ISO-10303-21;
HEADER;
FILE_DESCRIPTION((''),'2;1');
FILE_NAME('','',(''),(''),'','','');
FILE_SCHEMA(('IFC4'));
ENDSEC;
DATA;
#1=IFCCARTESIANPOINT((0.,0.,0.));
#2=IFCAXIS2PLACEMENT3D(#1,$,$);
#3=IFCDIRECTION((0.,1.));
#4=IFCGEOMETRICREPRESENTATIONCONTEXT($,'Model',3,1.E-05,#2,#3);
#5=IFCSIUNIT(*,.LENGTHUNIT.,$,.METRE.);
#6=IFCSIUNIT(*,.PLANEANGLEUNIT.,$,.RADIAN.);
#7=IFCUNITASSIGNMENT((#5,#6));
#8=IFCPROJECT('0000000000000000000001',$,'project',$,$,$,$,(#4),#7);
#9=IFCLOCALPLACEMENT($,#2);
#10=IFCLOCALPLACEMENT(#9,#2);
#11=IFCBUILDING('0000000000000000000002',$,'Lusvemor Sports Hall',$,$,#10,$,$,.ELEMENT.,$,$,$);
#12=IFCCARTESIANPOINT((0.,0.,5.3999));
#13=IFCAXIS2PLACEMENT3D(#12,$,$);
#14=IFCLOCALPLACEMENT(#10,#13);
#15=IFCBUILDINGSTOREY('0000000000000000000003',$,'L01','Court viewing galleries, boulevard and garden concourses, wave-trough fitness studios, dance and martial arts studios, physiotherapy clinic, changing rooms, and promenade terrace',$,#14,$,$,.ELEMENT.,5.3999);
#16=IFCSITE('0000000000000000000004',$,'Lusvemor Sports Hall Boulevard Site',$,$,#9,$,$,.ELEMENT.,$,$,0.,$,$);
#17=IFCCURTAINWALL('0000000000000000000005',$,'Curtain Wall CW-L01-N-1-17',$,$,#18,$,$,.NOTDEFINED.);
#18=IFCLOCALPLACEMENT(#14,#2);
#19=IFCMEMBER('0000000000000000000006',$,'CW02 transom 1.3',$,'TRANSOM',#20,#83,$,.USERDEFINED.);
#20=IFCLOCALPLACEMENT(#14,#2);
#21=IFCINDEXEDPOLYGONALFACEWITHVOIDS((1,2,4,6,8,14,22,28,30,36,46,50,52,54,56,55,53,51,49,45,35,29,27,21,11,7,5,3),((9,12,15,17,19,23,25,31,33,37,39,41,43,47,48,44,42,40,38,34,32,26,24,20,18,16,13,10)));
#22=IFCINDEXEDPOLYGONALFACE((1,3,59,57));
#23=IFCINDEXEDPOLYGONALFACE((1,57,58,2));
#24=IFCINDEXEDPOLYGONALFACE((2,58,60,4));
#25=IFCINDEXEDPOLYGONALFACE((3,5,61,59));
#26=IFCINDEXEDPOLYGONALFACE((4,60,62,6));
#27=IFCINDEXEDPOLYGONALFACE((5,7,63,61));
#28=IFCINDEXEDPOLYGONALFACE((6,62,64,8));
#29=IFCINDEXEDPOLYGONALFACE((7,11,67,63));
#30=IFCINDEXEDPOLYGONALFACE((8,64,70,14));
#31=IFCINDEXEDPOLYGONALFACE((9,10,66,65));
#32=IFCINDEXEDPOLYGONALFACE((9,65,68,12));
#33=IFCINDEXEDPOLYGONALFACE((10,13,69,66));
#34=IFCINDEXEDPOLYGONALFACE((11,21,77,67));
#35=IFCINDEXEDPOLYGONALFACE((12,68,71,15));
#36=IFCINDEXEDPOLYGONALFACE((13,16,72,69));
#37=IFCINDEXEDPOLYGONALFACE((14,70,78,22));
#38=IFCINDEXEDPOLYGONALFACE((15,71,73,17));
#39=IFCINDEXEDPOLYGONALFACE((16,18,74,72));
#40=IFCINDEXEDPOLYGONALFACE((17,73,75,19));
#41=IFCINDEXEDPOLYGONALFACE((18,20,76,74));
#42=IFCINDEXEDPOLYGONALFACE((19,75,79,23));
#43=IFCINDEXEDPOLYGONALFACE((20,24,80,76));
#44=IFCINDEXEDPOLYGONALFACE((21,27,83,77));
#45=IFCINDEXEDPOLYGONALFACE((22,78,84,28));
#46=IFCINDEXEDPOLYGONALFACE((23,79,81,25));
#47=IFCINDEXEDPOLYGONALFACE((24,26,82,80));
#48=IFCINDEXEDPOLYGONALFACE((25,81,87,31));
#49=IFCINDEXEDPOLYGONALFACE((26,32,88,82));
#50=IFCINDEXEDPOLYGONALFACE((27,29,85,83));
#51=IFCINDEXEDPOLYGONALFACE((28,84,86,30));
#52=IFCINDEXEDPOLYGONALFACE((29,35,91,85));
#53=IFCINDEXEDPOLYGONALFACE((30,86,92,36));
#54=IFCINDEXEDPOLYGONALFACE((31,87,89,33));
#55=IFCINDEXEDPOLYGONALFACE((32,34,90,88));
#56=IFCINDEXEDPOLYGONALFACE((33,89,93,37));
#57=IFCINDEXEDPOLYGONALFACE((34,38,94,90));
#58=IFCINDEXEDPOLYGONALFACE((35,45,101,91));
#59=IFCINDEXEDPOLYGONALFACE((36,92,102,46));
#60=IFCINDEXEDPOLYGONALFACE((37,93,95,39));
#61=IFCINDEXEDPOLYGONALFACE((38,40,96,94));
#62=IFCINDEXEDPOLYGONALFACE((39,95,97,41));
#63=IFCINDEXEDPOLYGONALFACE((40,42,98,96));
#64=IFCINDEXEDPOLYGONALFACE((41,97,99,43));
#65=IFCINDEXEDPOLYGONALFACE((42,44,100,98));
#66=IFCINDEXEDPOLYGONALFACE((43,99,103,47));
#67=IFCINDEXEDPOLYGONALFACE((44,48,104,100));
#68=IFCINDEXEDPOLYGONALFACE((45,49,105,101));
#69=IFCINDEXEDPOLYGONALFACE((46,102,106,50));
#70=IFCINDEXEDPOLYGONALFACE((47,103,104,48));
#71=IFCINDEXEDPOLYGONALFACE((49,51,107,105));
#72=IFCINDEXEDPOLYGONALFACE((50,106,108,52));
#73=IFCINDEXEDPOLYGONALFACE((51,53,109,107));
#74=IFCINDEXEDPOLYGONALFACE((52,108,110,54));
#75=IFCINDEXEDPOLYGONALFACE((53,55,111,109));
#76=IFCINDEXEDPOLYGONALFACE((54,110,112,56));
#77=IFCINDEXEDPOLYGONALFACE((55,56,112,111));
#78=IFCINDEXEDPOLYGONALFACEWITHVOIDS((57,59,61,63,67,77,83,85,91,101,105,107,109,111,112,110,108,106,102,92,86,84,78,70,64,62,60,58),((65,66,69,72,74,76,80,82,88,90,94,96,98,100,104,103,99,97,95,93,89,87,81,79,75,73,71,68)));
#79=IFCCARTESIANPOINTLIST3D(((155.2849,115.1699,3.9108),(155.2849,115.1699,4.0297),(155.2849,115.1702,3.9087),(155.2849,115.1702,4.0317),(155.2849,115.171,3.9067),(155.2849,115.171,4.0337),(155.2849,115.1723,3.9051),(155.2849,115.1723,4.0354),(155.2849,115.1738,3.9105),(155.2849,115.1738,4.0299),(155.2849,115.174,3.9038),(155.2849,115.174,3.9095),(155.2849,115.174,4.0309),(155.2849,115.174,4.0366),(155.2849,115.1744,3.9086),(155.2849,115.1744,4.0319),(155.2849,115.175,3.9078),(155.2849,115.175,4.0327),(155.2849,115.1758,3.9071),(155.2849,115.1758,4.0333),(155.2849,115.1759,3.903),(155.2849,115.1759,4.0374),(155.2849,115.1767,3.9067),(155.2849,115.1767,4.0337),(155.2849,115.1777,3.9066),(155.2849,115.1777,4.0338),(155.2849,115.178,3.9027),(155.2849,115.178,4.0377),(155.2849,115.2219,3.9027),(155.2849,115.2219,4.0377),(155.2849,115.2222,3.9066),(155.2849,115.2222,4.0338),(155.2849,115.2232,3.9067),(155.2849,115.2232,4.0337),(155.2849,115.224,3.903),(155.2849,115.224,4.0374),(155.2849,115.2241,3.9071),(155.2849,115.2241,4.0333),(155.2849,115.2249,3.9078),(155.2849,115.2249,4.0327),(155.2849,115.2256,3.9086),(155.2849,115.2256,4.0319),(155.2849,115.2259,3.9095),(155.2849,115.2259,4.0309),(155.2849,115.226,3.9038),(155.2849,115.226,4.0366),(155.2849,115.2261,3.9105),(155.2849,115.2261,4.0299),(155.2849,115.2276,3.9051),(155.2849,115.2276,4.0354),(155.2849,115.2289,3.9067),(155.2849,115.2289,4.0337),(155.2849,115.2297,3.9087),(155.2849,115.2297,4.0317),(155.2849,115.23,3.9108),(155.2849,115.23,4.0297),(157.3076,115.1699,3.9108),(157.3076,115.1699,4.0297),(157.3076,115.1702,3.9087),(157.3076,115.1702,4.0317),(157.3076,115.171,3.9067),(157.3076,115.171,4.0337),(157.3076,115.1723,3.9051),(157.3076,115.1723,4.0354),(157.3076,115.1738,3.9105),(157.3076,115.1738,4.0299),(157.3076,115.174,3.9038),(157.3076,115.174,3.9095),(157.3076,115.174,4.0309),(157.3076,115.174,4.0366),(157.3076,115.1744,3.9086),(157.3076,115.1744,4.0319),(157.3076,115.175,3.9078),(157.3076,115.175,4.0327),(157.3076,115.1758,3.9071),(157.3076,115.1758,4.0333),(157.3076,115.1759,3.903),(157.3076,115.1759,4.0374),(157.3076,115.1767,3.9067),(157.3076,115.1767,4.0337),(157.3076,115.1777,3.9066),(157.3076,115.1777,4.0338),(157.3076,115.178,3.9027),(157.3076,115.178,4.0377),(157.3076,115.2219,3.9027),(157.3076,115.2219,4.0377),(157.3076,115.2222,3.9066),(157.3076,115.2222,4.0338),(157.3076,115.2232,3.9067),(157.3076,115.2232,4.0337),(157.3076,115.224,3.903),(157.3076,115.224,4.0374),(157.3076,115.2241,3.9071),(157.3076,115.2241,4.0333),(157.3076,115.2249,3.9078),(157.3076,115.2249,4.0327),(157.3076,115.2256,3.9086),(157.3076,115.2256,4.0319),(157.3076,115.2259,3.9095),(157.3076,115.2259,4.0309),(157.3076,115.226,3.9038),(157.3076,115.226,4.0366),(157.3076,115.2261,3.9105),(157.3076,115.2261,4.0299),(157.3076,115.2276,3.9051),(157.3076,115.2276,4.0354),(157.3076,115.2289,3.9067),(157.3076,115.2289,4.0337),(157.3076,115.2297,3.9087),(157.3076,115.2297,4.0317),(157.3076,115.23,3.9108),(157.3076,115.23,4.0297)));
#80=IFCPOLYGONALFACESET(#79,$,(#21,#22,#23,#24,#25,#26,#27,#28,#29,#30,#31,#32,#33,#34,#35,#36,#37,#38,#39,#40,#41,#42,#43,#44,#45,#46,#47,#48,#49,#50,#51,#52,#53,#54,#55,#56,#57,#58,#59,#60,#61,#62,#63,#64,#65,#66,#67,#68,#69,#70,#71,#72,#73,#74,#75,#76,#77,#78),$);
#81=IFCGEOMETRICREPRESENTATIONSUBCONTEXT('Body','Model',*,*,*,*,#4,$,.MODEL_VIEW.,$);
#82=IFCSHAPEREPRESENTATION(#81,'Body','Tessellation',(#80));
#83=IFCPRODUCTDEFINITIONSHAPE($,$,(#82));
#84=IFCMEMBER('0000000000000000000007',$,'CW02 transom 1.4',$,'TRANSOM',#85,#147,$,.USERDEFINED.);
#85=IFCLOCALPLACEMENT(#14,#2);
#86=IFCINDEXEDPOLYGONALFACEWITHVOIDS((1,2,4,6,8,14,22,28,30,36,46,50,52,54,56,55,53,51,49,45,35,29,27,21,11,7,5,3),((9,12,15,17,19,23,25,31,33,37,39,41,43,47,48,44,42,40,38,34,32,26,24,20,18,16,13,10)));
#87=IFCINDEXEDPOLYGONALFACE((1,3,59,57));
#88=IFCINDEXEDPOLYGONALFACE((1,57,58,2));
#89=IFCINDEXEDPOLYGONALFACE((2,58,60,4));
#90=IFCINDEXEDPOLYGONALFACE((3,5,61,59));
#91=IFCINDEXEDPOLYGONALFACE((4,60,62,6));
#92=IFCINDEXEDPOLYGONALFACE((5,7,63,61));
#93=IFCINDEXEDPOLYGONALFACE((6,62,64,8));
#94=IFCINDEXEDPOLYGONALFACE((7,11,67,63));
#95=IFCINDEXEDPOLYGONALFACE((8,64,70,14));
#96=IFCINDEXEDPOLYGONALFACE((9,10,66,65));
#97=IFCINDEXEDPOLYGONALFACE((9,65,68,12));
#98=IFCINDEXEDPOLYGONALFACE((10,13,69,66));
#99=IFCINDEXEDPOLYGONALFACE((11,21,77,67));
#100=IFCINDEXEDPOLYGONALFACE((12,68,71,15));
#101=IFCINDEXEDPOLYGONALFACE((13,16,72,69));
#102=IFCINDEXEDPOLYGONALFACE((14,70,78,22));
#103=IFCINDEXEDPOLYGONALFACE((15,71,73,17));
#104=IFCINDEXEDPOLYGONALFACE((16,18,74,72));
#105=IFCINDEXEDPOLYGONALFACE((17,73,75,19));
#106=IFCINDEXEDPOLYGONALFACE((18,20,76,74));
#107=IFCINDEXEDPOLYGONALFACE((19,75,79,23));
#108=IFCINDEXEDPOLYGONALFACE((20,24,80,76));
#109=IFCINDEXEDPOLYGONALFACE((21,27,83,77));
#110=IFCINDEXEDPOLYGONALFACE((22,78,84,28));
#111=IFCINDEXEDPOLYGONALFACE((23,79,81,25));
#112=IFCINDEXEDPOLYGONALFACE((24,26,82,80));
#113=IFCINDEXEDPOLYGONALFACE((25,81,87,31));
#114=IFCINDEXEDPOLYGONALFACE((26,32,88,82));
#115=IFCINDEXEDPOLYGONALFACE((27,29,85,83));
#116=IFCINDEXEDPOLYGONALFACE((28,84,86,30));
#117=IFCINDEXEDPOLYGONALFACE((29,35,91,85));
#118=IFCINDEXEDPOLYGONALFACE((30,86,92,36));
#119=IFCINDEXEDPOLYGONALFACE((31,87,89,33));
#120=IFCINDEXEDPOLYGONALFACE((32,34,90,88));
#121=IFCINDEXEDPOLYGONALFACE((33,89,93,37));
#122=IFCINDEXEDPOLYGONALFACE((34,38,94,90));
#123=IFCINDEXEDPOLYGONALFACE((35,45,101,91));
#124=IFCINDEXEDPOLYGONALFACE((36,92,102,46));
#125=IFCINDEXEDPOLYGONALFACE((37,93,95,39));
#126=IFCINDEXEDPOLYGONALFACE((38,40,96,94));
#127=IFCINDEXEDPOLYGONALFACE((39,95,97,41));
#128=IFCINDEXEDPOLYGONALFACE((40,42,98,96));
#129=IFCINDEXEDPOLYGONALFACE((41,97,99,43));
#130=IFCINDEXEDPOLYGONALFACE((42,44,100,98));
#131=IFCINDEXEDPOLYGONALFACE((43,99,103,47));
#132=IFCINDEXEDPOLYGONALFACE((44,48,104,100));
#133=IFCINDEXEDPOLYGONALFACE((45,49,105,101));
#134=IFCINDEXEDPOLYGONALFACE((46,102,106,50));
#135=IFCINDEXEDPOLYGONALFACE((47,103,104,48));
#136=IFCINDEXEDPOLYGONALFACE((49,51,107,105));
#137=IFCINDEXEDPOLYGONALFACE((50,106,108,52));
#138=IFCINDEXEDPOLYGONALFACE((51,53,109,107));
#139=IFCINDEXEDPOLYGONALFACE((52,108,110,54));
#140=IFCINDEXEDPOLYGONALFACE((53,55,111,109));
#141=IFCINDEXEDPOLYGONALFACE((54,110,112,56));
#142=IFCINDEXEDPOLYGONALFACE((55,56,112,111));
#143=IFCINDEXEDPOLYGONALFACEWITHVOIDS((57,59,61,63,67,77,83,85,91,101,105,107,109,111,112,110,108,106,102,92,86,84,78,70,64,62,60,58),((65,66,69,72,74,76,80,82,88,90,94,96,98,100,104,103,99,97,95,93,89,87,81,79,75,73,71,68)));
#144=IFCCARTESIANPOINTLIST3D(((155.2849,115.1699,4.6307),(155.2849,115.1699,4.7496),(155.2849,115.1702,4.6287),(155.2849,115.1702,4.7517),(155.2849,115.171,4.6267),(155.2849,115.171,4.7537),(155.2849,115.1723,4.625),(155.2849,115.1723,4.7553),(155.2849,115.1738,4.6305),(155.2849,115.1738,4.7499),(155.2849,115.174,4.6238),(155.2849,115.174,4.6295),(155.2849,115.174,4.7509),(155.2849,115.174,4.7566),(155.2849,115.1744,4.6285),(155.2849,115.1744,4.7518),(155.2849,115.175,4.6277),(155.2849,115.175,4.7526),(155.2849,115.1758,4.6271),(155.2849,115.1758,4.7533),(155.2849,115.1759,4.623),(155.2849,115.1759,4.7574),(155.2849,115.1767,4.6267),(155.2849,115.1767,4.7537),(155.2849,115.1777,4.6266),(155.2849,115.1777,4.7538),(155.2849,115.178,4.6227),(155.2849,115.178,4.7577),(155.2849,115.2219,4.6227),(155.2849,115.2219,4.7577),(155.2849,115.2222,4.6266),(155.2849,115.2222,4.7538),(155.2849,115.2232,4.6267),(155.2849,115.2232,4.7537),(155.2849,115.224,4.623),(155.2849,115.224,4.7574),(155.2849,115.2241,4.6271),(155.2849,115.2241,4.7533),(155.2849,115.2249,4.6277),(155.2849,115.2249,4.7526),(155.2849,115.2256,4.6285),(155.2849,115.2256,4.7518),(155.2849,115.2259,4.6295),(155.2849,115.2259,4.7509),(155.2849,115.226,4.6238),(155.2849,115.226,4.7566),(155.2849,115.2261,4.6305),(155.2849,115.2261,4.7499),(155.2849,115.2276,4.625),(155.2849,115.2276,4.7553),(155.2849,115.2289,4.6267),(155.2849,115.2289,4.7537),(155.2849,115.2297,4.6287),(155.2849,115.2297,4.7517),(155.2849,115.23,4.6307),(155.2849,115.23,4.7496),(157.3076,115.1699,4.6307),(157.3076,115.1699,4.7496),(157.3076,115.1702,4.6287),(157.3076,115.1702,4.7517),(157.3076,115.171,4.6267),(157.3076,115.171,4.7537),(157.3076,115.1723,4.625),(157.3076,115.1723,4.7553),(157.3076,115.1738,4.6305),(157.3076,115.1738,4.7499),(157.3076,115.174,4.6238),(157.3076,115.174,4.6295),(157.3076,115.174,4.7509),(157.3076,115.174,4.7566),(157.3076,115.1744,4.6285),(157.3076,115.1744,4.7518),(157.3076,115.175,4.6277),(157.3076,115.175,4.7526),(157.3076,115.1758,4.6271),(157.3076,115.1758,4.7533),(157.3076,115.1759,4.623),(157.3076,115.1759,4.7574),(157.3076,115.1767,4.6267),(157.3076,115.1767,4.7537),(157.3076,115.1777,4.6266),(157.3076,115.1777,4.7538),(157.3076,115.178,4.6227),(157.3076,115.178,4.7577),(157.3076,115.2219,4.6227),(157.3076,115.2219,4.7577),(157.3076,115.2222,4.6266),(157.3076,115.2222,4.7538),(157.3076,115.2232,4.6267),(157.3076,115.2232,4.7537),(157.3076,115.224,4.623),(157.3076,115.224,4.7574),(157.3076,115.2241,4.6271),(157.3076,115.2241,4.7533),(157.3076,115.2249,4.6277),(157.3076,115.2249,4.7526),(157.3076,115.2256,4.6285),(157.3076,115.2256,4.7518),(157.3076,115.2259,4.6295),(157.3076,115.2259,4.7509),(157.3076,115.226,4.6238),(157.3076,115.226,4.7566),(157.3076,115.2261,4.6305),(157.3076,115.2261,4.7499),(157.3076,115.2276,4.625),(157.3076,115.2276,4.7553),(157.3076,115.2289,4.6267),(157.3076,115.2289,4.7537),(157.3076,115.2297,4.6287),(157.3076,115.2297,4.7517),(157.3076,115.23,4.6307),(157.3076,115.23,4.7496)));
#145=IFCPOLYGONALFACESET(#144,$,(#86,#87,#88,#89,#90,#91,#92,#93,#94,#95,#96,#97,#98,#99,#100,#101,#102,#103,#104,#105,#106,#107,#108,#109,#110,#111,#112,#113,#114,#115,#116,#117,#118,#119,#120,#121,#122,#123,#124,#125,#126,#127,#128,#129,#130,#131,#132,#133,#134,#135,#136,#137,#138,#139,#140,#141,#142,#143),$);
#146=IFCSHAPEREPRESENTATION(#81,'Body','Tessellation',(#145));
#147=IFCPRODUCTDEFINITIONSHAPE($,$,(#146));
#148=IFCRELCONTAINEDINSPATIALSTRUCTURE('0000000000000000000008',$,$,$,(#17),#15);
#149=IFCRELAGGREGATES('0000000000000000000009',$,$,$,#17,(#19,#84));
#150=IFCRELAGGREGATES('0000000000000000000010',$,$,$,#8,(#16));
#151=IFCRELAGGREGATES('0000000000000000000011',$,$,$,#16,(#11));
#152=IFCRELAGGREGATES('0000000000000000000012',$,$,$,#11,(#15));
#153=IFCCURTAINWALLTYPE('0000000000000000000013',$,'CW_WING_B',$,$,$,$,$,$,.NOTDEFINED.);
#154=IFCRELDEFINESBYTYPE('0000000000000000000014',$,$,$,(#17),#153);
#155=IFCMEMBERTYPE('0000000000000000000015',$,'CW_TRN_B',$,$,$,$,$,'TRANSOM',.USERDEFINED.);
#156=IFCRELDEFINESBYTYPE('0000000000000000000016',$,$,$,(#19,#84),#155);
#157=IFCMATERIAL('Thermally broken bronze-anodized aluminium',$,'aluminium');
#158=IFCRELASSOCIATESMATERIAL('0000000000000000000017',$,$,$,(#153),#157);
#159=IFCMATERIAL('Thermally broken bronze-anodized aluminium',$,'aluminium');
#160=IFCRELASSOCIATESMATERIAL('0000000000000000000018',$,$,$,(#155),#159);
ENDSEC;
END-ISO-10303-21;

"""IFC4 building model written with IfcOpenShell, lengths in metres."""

from ifc_helpers import new_model, si_unit, direction, frame, origin, origin_2d, place, context, subcontext, project, spatial, hollow_rectangle, extrude, material, material_profile, profile_set, type_object, element, aggregate, save


model = new_model("IFC4")

# Units and contexts
model_context = context("Model", 3, precision=1e-05, world=origin(), true_north=direction((0.0, 1.0)))
body_context = subcontext(model_context, "Body", "Model", "MODEL_VIEW")
ifc_project = project(units=[si_unit("LENGTHUNIT", "METRE"), si_unit("PLANEANGLEUNIT", "RADIAN")], contexts=[model_context])

# Site, building, storey
site_placement = place(None, origin())
site = spatial("IfcSite", under=ifc_project, at=site_placement, Name="Lusvemor Sports Hall Boulevard Site", CompositionType="ELEMENT", RefElevation=0.0)
building_placement = place(site_placement, origin())
building = spatial("IfcBuilding", under=site, at=building_placement, Name="Lusvemor Sports Hall", CompositionType="ELEMENT")
storey_placement = place(building_placement, frame((0.0, 0.0, 5.3999)))
storey = spatial("IfcBuildingStorey", under=building, at=storey_placement, Name="L01", Description="Court viewing galleries, boulevard and garden concourses, wave-trough fitness studios, dance and martial arts studios, physiotherapy clinic, changing rooms, and promenade terrace", CompositionType="ELEMENT", Elevation=5.3999)

# Curtain wall, members
ifc_material_1 = material(Name="Thermally broken bronze-anodized aluminium", Category="aluminium")
curtain_wall_type = type_object("IfcCurtainWallType", Name="CW_WING_B", PredefinedType="NOTDEFINED", material=ifc_material_1)
curtain_wall_placement = place(storey_placement, origin())
curtain_wall = element("IfcCurtainWall", 1, at=curtain_wall_placement, inside=storey, type_object=curtain_wall_type, Name="Curtain Wall CW-L01-N-1-17", PredefinedType="NOTDEFINED")
ifc_material_2 = material(Name="Thermally broken bronze-anodized aluminium", Category="aluminium")
ifc_material_profile_1 = material_profile(ifc_material_2, hollow_rectangle(XDim=0.0601, YDim=0.135, WallThickness=0.0039, InnerFilletRadius=0.0039, OuterFilletRadius=0.0081, at=origin_2d()), Name="CWTRN135x60x4")
ifc_profile_set_1 = profile_set([ifc_material_profile_1], Name="Thermally broken bronze-anodized aluminium")
member_type_1 = type_object("IfcMemberType", Name="CW_TRN_B", ElementType="TRANSOM", PredefinedType="USERDEFINED", material=ifc_profile_set_1)
member_1_placement = place(storey_placement, frame((155.2849, 115.2, 3.9702), z_axis=(1.0, 0.0, 0.0), x_axis=(0.0, 1.0, 0.0)))
member_1 = element("IfcMember", 2, at=member_1_placement, type_object=member_type_1, Name="CW02 transom 1.3", ObjectType="TRANSOM", PredefinedType="USERDEFINED", context=body_context, shape_type="SweptSolid", body=[
    extrude(hollow_rectangle(XDim=0.0601, YDim=0.135, WallThickness=0.0039, InnerFilletRadius=0.0039, OuterFilletRadius=0.0081, at=origin_2d()), origin(), (0.0, 0.0, 1.0), 2.0227),
])
member_2_placement = place(storey_placement, frame((155.2849, 115.2, 4.6902), z_axis=(1.0, 0.0, 0.0), x_axis=(0.0, 1.0, 0.0)))
member_2 = element("IfcMember", 3, at=member_2_placement, type_object=member_type_1, Name="CW02 transom 1.4", ObjectType="TRANSOM", PredefinedType="USERDEFINED", context=body_context, shape_type="SweptSolid", body=[
    extrude(hollow_rectangle(XDim=0.0601, YDim=0.135, WallThickness=0.0039, InnerFilletRadius=0.0039, OuterFilletRadius=0.0081, at=origin_2d()), origin(), (0.0, 0.0, 1.0), 2.0227),
])

aggregate(curtain_wall, [member_1, member_2])

save(model, "model.ifc")
